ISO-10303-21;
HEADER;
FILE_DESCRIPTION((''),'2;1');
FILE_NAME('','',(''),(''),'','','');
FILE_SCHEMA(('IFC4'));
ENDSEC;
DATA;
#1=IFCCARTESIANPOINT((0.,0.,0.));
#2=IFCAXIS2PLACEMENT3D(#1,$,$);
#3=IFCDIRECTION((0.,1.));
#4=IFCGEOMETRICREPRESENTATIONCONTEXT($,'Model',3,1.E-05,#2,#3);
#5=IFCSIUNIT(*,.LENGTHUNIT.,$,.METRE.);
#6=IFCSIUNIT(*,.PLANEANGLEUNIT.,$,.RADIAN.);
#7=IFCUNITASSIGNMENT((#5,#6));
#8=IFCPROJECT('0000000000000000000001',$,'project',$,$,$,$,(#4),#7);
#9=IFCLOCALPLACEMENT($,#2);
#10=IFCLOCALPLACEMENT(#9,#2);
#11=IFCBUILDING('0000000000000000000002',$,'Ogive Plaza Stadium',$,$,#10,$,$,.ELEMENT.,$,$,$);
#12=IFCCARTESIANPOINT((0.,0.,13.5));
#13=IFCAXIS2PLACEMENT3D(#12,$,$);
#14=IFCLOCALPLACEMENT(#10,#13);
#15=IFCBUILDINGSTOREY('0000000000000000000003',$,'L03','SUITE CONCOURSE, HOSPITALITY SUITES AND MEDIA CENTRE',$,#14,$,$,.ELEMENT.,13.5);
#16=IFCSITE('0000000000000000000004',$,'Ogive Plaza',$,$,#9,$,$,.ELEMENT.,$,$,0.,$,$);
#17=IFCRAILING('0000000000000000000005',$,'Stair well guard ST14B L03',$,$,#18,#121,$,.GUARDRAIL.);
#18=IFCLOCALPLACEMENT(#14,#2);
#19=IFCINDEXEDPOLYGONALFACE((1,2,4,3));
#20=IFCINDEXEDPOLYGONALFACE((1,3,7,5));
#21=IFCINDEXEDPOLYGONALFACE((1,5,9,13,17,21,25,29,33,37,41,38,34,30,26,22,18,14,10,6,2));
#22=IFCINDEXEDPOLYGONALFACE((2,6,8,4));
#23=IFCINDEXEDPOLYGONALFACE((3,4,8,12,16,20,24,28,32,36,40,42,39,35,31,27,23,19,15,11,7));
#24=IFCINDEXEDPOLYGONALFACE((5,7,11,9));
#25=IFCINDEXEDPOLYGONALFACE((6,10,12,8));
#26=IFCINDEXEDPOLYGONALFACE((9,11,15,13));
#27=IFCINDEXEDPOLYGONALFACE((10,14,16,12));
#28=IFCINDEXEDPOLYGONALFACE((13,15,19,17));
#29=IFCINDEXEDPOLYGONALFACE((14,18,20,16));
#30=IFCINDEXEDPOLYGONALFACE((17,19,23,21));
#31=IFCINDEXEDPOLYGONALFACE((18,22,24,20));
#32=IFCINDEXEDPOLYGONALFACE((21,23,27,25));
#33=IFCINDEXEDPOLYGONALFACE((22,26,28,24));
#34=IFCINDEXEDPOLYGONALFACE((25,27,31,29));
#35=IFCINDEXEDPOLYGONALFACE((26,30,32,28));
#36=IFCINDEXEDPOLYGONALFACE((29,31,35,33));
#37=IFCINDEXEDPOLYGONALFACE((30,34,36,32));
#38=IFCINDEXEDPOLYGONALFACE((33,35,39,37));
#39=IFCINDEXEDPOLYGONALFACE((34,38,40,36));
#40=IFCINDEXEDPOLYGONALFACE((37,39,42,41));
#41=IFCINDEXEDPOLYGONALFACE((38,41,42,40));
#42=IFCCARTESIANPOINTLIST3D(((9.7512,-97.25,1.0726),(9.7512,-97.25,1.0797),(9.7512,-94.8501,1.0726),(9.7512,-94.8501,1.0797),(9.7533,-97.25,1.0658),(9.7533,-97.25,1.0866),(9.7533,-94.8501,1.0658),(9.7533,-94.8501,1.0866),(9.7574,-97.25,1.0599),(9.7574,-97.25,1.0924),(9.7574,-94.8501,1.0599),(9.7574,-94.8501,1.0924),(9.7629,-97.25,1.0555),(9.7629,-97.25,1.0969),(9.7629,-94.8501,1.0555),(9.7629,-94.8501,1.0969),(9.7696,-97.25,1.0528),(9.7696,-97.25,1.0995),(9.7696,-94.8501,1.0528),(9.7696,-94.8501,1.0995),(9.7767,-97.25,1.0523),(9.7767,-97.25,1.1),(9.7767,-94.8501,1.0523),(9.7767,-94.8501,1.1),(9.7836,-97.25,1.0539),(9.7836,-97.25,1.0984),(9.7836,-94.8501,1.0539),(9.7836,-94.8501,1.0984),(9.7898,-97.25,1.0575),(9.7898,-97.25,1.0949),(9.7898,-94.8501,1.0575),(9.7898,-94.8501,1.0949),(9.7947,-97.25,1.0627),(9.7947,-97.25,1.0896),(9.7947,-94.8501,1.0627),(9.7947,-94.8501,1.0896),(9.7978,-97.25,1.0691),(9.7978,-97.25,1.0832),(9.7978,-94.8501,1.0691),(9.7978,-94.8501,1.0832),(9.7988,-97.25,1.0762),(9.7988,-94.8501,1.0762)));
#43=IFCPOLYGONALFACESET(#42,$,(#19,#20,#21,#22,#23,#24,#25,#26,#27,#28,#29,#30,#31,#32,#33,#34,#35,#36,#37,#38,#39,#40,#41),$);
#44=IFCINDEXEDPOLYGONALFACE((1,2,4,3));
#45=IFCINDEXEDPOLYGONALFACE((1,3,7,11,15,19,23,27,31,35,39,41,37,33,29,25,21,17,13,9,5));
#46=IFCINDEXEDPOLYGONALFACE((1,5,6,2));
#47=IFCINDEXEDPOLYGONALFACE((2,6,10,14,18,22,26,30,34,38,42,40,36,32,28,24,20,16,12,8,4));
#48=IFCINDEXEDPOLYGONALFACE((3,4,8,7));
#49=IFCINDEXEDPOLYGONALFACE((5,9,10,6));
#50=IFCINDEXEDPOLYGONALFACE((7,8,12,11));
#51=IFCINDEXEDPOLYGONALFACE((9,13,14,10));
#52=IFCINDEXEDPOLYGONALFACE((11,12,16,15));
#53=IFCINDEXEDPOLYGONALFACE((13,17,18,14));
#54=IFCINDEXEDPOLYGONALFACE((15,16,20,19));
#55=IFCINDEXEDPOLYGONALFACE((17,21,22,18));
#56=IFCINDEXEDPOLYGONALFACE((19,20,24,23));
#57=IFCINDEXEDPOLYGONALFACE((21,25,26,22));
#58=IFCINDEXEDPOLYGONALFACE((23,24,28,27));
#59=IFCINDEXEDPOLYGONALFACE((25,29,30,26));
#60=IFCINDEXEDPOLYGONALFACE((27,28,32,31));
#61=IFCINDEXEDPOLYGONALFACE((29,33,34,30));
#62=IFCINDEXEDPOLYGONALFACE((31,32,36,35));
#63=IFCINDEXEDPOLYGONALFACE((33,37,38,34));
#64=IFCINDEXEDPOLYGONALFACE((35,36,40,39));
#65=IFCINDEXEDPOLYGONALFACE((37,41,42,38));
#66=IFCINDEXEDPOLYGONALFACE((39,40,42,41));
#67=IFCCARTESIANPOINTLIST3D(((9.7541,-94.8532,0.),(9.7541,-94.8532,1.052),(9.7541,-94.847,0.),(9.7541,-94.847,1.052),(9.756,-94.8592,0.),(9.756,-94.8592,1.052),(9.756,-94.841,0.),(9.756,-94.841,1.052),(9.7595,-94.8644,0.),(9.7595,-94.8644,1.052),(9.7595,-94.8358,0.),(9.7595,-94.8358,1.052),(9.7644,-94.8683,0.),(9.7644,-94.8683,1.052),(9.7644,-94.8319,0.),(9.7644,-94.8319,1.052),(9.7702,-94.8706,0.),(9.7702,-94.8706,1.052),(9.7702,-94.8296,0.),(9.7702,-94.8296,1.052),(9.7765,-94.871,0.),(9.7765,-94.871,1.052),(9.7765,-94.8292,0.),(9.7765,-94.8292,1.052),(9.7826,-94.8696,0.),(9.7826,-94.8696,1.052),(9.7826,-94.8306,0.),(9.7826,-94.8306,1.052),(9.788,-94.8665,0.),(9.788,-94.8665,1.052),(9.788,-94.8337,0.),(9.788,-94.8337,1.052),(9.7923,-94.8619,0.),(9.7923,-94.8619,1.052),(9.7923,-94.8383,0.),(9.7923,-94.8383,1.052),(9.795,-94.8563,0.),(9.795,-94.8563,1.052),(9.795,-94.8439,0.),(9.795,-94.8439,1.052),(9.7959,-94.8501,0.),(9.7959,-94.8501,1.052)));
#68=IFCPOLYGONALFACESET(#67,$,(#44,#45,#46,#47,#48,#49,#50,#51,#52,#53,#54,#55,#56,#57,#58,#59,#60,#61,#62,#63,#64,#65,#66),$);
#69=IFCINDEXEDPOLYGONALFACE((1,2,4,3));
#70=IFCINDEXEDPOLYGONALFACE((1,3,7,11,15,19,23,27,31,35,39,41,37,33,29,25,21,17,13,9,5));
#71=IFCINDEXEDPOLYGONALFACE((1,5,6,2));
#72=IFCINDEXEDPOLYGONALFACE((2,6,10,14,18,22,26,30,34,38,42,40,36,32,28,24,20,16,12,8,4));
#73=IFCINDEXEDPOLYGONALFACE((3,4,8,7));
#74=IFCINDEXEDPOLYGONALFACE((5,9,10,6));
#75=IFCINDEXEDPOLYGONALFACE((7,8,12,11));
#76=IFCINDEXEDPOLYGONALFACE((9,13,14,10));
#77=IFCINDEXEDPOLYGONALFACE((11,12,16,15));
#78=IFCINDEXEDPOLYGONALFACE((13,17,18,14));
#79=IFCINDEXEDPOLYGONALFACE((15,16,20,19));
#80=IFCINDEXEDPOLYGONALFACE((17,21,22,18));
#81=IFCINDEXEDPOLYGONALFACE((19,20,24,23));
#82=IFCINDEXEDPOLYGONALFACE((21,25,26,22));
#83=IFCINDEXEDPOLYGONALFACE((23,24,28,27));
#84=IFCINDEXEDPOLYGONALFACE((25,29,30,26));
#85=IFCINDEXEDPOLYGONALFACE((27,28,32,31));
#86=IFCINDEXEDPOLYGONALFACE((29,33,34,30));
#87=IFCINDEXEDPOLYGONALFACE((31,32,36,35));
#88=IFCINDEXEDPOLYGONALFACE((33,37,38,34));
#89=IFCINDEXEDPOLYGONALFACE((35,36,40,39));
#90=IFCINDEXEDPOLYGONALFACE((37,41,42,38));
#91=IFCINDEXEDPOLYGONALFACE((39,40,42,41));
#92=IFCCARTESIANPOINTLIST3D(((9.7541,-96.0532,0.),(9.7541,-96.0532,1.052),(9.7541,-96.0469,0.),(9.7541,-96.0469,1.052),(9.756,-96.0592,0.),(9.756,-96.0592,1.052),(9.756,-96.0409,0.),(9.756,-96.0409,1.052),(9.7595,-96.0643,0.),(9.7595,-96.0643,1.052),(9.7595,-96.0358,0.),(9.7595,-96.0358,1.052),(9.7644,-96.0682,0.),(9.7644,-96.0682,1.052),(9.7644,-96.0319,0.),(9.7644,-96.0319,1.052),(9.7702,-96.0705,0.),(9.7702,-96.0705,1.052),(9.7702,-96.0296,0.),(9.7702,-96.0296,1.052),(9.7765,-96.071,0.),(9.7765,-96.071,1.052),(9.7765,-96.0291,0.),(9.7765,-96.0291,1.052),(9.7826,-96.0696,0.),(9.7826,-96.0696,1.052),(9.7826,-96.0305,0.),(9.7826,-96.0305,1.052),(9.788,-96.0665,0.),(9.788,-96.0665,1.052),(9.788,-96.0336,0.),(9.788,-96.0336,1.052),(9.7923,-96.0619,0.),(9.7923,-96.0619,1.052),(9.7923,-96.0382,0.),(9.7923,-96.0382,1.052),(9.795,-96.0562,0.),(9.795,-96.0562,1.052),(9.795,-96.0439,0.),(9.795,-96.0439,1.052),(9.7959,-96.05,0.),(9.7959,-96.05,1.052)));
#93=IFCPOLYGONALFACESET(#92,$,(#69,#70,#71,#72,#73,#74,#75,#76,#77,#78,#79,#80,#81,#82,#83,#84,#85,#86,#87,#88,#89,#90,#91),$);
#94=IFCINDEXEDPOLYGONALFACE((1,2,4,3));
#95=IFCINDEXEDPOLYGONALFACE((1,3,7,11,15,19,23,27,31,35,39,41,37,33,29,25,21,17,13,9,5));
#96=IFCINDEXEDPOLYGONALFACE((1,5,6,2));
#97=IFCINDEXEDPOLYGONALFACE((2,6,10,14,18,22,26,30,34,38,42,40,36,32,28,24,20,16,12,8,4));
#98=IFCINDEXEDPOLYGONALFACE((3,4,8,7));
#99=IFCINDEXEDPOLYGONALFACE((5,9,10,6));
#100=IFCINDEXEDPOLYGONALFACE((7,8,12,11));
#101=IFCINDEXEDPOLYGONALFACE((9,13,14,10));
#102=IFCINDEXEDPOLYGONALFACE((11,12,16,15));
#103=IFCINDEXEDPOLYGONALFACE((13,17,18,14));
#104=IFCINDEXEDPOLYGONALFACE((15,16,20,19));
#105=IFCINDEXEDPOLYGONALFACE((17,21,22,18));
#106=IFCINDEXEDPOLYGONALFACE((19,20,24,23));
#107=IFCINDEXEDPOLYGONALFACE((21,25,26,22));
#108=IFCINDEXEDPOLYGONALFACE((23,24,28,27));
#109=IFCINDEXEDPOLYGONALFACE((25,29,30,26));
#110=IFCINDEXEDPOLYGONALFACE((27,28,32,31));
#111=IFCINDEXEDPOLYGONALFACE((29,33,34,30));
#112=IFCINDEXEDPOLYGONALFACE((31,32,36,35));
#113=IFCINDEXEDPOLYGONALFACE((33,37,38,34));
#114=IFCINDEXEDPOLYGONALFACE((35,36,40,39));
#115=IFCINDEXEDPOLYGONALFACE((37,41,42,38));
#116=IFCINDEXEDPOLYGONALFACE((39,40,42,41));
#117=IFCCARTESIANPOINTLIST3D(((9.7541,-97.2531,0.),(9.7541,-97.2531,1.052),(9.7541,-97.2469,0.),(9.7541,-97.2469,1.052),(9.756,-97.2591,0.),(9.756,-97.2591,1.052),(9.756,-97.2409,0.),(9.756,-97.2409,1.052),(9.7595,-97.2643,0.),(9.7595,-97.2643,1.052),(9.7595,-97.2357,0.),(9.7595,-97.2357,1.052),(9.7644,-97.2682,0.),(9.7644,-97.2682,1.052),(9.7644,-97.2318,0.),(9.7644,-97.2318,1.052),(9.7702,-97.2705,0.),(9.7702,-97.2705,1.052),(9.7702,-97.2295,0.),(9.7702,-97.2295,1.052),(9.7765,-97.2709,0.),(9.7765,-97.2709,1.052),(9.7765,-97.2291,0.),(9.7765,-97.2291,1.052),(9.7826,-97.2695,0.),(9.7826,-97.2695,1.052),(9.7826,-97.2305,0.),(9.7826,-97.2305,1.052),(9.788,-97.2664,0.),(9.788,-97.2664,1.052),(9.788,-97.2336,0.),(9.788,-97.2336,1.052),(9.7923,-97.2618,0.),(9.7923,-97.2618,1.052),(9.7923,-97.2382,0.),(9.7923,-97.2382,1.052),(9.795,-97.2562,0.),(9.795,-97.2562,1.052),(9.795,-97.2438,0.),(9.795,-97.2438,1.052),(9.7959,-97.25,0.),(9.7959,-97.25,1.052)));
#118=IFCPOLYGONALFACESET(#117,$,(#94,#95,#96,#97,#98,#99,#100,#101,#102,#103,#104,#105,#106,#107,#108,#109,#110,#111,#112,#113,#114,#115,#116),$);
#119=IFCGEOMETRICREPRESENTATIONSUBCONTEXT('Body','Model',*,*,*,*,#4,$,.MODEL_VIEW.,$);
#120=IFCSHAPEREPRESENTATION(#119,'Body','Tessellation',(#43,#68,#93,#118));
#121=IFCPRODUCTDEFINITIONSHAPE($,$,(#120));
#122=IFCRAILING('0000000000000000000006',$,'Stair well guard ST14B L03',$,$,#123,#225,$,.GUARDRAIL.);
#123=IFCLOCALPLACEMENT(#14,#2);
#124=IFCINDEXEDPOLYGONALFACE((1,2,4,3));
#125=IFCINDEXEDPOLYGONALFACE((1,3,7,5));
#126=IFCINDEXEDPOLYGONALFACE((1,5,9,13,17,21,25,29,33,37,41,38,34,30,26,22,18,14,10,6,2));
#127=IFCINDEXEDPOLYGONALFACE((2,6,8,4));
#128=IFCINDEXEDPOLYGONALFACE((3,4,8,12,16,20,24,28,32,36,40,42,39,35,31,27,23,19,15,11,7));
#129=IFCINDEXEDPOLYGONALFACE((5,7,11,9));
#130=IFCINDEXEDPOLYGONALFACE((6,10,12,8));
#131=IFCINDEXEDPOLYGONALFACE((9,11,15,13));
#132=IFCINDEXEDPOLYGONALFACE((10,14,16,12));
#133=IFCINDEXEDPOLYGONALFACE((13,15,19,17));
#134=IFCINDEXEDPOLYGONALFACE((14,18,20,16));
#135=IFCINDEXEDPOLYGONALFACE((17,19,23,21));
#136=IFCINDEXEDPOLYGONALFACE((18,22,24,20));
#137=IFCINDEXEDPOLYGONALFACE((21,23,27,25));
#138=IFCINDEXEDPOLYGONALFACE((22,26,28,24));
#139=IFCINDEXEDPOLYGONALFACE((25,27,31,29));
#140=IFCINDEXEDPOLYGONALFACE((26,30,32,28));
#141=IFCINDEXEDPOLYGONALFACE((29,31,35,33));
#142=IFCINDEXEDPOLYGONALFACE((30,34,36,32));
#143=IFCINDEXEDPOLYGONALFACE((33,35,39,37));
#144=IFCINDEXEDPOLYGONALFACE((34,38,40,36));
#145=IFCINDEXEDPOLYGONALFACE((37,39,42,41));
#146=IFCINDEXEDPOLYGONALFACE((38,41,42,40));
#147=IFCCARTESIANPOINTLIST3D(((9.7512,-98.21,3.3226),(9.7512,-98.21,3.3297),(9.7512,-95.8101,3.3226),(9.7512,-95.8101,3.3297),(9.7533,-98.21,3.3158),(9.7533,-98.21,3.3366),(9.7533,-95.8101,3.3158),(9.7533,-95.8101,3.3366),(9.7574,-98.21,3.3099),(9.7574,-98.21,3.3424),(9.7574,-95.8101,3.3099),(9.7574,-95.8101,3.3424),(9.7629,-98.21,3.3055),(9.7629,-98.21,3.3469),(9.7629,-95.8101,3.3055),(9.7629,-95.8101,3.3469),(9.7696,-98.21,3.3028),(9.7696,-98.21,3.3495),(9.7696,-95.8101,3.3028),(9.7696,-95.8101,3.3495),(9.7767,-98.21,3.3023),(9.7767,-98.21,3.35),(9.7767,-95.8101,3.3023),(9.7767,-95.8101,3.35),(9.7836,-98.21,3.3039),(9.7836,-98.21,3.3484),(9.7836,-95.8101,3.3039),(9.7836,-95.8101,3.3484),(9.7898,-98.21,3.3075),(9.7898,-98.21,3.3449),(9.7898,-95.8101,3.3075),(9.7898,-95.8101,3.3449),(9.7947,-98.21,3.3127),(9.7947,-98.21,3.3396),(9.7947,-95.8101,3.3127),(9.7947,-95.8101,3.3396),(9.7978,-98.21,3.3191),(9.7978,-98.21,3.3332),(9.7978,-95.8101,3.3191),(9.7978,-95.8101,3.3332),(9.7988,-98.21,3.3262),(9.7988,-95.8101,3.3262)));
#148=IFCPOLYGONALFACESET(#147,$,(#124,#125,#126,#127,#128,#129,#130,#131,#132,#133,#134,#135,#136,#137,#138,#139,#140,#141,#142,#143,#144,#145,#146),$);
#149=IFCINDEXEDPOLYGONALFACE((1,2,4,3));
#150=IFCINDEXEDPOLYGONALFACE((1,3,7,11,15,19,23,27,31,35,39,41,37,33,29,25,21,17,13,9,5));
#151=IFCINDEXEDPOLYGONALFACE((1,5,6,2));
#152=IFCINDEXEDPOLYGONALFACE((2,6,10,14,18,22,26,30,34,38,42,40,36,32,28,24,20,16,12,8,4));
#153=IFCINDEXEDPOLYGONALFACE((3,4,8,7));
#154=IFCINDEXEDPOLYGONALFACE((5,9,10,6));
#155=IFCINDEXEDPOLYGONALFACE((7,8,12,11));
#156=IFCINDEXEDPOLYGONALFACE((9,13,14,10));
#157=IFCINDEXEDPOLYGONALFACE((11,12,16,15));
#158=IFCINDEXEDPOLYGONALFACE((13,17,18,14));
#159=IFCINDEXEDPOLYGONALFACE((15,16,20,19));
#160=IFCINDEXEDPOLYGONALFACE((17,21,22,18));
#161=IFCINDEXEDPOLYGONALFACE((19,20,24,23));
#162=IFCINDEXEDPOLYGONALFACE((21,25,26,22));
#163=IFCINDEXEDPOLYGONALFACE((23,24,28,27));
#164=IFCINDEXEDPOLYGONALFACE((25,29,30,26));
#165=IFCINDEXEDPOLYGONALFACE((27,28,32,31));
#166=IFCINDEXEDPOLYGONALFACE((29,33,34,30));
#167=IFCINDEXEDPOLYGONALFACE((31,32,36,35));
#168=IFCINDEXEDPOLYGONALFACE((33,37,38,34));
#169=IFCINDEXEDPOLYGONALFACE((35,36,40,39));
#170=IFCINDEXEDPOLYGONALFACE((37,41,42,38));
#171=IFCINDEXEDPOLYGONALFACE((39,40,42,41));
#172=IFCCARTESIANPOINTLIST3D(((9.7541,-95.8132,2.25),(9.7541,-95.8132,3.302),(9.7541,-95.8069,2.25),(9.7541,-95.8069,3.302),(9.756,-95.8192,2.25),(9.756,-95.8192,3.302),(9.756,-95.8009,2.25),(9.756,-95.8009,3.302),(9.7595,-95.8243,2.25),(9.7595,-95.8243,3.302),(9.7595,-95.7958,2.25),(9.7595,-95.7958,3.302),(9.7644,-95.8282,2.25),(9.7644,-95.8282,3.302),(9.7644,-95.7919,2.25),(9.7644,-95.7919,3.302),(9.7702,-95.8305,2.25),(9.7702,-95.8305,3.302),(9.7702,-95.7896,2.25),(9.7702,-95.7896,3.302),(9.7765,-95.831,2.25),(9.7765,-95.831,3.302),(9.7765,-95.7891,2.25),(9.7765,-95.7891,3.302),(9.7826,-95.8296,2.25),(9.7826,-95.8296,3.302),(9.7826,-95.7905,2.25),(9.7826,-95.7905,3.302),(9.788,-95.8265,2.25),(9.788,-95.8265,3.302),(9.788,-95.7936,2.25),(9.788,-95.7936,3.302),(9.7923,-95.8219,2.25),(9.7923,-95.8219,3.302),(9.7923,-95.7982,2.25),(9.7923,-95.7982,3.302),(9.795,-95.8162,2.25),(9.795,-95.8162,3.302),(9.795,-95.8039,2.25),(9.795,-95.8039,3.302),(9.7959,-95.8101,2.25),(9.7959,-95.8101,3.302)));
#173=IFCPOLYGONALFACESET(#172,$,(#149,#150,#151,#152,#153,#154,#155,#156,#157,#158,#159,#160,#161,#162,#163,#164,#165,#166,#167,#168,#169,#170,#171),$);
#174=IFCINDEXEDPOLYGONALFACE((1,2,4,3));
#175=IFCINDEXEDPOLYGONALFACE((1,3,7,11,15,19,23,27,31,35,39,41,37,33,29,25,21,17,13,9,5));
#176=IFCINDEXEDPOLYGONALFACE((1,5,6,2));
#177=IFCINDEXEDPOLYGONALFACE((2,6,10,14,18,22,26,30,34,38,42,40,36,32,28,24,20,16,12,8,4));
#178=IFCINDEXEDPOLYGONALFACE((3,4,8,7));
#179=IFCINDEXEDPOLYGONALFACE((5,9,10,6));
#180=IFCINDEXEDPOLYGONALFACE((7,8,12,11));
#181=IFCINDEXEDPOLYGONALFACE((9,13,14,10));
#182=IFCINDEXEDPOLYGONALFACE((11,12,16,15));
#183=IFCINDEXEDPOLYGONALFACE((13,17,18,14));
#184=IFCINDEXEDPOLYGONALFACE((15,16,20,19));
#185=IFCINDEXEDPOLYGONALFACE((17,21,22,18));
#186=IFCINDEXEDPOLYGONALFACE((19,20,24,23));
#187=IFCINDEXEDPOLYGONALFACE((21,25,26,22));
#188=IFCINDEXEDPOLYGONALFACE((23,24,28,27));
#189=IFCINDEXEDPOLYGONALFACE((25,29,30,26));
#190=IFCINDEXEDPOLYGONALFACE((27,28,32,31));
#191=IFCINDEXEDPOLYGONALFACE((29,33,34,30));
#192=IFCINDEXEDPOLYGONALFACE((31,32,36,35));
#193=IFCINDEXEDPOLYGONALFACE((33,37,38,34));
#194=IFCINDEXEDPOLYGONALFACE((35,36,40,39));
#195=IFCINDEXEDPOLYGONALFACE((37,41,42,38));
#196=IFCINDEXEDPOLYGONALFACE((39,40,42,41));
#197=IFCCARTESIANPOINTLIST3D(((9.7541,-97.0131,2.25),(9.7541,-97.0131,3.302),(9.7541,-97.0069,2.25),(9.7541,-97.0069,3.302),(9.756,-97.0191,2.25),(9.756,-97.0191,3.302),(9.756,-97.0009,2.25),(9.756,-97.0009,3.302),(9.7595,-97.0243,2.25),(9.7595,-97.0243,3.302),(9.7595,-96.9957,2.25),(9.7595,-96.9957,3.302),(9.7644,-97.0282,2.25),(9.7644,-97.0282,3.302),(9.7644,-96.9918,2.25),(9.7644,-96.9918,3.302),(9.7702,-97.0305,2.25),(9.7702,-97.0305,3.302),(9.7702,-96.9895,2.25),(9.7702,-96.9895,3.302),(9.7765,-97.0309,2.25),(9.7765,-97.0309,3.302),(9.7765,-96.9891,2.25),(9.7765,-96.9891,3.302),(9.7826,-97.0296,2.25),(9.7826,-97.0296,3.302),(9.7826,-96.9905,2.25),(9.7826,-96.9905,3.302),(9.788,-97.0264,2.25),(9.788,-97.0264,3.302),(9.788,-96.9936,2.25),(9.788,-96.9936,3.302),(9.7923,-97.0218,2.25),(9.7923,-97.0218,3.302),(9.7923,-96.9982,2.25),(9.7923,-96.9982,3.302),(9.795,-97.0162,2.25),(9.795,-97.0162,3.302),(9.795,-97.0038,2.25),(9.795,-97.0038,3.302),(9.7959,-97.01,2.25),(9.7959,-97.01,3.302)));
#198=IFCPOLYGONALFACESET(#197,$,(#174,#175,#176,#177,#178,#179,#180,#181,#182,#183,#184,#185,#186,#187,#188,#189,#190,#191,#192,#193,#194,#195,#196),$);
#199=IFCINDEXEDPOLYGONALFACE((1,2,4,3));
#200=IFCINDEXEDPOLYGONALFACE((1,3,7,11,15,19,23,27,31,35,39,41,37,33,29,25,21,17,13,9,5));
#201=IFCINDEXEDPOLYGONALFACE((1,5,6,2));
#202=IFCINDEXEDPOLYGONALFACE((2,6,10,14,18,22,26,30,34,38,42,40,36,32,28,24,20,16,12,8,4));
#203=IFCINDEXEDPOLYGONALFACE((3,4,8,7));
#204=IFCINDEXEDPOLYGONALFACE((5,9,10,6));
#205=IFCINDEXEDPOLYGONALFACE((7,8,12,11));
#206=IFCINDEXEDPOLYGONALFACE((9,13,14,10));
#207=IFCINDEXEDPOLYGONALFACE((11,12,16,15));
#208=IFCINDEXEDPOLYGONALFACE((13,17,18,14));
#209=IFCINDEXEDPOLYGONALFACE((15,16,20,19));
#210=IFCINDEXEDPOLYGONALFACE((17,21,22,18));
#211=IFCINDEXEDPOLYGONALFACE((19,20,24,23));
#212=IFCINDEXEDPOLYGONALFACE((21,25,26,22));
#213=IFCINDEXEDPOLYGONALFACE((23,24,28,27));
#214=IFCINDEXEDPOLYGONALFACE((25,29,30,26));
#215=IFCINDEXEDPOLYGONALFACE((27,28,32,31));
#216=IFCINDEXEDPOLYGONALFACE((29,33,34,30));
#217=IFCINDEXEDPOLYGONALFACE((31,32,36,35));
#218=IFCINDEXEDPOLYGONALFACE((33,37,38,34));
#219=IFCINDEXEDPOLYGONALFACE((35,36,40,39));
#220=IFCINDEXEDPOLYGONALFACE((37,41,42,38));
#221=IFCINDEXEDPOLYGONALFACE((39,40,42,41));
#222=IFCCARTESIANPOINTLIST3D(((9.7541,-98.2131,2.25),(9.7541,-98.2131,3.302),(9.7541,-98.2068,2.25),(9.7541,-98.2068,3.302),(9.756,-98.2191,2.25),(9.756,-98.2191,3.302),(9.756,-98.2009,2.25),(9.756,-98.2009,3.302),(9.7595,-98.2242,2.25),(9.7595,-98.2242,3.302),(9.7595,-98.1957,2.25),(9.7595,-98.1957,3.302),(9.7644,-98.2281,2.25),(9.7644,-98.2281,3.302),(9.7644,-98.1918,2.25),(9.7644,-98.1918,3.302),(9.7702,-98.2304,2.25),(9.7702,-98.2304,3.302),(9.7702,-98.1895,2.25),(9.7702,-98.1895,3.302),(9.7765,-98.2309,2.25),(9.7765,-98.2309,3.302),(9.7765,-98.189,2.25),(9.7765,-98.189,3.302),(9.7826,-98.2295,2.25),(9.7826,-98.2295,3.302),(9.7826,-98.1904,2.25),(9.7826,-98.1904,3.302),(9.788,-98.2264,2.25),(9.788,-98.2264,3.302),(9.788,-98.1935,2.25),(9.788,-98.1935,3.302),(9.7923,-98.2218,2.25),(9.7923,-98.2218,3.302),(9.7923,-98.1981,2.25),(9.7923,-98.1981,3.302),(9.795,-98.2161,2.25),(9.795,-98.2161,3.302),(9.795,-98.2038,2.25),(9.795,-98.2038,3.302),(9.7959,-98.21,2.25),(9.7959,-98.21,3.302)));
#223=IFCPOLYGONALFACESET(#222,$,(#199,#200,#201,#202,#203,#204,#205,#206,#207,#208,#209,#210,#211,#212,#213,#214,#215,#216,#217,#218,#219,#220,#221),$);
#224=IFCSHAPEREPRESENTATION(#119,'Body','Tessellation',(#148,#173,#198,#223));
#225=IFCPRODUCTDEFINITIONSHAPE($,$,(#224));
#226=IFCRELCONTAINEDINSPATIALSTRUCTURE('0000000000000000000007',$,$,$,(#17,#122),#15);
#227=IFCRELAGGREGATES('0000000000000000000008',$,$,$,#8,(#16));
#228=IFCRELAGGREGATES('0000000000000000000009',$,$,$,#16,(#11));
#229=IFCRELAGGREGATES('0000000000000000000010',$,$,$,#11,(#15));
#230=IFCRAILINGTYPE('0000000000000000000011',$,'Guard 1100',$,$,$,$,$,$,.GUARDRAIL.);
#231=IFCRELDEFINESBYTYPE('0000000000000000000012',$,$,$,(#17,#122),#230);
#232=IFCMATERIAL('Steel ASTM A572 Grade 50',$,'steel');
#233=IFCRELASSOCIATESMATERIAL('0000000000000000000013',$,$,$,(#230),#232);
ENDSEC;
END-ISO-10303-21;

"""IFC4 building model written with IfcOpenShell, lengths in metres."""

from ifc_helpers import new_model, si_unit, direction, frame, origin, origin_2d, place, context, subcontext, project, spatial, circle, extrude, material, type_object, element, save


model = new_model("IFC4")

# Units and contexts
model_context = context("Model", 3, precision=1e-05, world=origin(), true_north=direction((0.0, 1.0)))
body_context = subcontext(model_context, "Body", "Model", "MODEL_VIEW")
ifc_project = project(units=[si_unit("LENGTHUNIT", "METRE"), si_unit("PLANEANGLEUNIT", "RADIAN")], contexts=[model_context])

# Site, building, storey
site_placement = place(None, origin())
site = spatial("IfcSite", under=ifc_project, at=site_placement, Name="Ogive Plaza", CompositionType="ELEMENT", RefElevation=0.0)
building_placement = place(site_placement, origin())
building = spatial("IfcBuilding", under=site, at=building_placement, Name="Ogive Plaza Stadium", CompositionType="ELEMENT")
storey_placement = place(building_placement, frame((0.0, 0.0, 13.5)))
storey = spatial("IfcBuildingStorey", under=building, at=storey_placement, Name="L03", Description="SUITE CONCOURSE, HOSPITALITY SUITES AND MEDIA CENTRE", CompositionType="ELEMENT", Elevation=13.5)

# Railings
ifc_material_1 = material(Name="Steel ASTM A572 Grade 50", Category="steel")
railing_type_1 = type_object("IfcRailingType", Name="Guard 1100", PredefinedType="GUARDRAIL", material=ifc_material_1)
for number, where, name in (
    (1, (9.7749, -94.8501, 0.0), "Stair well guard ST14B L03"),
    (2, (9.7749, -95.8101, 2.25), "Stair well guard ST14B L03"),
):
    element("IfcRailing", number, at=place(storey_placement, frame(where)), inside=storey, type_object=railing_type_1, Name=name, PredefinedType="GUARDRAIL", context=body_context, shape_type="SweptSolid", body=[
        extrude(circle(Radius=0.0239, at=origin_2d()), frame((0.0, 0.0, 1.0762), z_axis=(0.0, -1.0, 0.0), x_axis=(1.0, 0.0, 0.0)), (0.0, 0.0, 1.0), 2.3999),
        extrude(circle(Radius=0.021, at=origin_2d()), origin(), (0.0, 0.0, 1.0), 1.052),
        extrude(circle(Radius=0.021, at=origin_2d()), frame((0.0, -1.2, 0.0)), (0.0, 0.0, 1.0), 1.052),
        extrude(circle(Radius=0.021, at=origin_2d()), frame((0.0, -2.3999, 0.0)), (0.0, 0.0, 1.0), 1.052),
    ])

save(model, "model.ifc")
